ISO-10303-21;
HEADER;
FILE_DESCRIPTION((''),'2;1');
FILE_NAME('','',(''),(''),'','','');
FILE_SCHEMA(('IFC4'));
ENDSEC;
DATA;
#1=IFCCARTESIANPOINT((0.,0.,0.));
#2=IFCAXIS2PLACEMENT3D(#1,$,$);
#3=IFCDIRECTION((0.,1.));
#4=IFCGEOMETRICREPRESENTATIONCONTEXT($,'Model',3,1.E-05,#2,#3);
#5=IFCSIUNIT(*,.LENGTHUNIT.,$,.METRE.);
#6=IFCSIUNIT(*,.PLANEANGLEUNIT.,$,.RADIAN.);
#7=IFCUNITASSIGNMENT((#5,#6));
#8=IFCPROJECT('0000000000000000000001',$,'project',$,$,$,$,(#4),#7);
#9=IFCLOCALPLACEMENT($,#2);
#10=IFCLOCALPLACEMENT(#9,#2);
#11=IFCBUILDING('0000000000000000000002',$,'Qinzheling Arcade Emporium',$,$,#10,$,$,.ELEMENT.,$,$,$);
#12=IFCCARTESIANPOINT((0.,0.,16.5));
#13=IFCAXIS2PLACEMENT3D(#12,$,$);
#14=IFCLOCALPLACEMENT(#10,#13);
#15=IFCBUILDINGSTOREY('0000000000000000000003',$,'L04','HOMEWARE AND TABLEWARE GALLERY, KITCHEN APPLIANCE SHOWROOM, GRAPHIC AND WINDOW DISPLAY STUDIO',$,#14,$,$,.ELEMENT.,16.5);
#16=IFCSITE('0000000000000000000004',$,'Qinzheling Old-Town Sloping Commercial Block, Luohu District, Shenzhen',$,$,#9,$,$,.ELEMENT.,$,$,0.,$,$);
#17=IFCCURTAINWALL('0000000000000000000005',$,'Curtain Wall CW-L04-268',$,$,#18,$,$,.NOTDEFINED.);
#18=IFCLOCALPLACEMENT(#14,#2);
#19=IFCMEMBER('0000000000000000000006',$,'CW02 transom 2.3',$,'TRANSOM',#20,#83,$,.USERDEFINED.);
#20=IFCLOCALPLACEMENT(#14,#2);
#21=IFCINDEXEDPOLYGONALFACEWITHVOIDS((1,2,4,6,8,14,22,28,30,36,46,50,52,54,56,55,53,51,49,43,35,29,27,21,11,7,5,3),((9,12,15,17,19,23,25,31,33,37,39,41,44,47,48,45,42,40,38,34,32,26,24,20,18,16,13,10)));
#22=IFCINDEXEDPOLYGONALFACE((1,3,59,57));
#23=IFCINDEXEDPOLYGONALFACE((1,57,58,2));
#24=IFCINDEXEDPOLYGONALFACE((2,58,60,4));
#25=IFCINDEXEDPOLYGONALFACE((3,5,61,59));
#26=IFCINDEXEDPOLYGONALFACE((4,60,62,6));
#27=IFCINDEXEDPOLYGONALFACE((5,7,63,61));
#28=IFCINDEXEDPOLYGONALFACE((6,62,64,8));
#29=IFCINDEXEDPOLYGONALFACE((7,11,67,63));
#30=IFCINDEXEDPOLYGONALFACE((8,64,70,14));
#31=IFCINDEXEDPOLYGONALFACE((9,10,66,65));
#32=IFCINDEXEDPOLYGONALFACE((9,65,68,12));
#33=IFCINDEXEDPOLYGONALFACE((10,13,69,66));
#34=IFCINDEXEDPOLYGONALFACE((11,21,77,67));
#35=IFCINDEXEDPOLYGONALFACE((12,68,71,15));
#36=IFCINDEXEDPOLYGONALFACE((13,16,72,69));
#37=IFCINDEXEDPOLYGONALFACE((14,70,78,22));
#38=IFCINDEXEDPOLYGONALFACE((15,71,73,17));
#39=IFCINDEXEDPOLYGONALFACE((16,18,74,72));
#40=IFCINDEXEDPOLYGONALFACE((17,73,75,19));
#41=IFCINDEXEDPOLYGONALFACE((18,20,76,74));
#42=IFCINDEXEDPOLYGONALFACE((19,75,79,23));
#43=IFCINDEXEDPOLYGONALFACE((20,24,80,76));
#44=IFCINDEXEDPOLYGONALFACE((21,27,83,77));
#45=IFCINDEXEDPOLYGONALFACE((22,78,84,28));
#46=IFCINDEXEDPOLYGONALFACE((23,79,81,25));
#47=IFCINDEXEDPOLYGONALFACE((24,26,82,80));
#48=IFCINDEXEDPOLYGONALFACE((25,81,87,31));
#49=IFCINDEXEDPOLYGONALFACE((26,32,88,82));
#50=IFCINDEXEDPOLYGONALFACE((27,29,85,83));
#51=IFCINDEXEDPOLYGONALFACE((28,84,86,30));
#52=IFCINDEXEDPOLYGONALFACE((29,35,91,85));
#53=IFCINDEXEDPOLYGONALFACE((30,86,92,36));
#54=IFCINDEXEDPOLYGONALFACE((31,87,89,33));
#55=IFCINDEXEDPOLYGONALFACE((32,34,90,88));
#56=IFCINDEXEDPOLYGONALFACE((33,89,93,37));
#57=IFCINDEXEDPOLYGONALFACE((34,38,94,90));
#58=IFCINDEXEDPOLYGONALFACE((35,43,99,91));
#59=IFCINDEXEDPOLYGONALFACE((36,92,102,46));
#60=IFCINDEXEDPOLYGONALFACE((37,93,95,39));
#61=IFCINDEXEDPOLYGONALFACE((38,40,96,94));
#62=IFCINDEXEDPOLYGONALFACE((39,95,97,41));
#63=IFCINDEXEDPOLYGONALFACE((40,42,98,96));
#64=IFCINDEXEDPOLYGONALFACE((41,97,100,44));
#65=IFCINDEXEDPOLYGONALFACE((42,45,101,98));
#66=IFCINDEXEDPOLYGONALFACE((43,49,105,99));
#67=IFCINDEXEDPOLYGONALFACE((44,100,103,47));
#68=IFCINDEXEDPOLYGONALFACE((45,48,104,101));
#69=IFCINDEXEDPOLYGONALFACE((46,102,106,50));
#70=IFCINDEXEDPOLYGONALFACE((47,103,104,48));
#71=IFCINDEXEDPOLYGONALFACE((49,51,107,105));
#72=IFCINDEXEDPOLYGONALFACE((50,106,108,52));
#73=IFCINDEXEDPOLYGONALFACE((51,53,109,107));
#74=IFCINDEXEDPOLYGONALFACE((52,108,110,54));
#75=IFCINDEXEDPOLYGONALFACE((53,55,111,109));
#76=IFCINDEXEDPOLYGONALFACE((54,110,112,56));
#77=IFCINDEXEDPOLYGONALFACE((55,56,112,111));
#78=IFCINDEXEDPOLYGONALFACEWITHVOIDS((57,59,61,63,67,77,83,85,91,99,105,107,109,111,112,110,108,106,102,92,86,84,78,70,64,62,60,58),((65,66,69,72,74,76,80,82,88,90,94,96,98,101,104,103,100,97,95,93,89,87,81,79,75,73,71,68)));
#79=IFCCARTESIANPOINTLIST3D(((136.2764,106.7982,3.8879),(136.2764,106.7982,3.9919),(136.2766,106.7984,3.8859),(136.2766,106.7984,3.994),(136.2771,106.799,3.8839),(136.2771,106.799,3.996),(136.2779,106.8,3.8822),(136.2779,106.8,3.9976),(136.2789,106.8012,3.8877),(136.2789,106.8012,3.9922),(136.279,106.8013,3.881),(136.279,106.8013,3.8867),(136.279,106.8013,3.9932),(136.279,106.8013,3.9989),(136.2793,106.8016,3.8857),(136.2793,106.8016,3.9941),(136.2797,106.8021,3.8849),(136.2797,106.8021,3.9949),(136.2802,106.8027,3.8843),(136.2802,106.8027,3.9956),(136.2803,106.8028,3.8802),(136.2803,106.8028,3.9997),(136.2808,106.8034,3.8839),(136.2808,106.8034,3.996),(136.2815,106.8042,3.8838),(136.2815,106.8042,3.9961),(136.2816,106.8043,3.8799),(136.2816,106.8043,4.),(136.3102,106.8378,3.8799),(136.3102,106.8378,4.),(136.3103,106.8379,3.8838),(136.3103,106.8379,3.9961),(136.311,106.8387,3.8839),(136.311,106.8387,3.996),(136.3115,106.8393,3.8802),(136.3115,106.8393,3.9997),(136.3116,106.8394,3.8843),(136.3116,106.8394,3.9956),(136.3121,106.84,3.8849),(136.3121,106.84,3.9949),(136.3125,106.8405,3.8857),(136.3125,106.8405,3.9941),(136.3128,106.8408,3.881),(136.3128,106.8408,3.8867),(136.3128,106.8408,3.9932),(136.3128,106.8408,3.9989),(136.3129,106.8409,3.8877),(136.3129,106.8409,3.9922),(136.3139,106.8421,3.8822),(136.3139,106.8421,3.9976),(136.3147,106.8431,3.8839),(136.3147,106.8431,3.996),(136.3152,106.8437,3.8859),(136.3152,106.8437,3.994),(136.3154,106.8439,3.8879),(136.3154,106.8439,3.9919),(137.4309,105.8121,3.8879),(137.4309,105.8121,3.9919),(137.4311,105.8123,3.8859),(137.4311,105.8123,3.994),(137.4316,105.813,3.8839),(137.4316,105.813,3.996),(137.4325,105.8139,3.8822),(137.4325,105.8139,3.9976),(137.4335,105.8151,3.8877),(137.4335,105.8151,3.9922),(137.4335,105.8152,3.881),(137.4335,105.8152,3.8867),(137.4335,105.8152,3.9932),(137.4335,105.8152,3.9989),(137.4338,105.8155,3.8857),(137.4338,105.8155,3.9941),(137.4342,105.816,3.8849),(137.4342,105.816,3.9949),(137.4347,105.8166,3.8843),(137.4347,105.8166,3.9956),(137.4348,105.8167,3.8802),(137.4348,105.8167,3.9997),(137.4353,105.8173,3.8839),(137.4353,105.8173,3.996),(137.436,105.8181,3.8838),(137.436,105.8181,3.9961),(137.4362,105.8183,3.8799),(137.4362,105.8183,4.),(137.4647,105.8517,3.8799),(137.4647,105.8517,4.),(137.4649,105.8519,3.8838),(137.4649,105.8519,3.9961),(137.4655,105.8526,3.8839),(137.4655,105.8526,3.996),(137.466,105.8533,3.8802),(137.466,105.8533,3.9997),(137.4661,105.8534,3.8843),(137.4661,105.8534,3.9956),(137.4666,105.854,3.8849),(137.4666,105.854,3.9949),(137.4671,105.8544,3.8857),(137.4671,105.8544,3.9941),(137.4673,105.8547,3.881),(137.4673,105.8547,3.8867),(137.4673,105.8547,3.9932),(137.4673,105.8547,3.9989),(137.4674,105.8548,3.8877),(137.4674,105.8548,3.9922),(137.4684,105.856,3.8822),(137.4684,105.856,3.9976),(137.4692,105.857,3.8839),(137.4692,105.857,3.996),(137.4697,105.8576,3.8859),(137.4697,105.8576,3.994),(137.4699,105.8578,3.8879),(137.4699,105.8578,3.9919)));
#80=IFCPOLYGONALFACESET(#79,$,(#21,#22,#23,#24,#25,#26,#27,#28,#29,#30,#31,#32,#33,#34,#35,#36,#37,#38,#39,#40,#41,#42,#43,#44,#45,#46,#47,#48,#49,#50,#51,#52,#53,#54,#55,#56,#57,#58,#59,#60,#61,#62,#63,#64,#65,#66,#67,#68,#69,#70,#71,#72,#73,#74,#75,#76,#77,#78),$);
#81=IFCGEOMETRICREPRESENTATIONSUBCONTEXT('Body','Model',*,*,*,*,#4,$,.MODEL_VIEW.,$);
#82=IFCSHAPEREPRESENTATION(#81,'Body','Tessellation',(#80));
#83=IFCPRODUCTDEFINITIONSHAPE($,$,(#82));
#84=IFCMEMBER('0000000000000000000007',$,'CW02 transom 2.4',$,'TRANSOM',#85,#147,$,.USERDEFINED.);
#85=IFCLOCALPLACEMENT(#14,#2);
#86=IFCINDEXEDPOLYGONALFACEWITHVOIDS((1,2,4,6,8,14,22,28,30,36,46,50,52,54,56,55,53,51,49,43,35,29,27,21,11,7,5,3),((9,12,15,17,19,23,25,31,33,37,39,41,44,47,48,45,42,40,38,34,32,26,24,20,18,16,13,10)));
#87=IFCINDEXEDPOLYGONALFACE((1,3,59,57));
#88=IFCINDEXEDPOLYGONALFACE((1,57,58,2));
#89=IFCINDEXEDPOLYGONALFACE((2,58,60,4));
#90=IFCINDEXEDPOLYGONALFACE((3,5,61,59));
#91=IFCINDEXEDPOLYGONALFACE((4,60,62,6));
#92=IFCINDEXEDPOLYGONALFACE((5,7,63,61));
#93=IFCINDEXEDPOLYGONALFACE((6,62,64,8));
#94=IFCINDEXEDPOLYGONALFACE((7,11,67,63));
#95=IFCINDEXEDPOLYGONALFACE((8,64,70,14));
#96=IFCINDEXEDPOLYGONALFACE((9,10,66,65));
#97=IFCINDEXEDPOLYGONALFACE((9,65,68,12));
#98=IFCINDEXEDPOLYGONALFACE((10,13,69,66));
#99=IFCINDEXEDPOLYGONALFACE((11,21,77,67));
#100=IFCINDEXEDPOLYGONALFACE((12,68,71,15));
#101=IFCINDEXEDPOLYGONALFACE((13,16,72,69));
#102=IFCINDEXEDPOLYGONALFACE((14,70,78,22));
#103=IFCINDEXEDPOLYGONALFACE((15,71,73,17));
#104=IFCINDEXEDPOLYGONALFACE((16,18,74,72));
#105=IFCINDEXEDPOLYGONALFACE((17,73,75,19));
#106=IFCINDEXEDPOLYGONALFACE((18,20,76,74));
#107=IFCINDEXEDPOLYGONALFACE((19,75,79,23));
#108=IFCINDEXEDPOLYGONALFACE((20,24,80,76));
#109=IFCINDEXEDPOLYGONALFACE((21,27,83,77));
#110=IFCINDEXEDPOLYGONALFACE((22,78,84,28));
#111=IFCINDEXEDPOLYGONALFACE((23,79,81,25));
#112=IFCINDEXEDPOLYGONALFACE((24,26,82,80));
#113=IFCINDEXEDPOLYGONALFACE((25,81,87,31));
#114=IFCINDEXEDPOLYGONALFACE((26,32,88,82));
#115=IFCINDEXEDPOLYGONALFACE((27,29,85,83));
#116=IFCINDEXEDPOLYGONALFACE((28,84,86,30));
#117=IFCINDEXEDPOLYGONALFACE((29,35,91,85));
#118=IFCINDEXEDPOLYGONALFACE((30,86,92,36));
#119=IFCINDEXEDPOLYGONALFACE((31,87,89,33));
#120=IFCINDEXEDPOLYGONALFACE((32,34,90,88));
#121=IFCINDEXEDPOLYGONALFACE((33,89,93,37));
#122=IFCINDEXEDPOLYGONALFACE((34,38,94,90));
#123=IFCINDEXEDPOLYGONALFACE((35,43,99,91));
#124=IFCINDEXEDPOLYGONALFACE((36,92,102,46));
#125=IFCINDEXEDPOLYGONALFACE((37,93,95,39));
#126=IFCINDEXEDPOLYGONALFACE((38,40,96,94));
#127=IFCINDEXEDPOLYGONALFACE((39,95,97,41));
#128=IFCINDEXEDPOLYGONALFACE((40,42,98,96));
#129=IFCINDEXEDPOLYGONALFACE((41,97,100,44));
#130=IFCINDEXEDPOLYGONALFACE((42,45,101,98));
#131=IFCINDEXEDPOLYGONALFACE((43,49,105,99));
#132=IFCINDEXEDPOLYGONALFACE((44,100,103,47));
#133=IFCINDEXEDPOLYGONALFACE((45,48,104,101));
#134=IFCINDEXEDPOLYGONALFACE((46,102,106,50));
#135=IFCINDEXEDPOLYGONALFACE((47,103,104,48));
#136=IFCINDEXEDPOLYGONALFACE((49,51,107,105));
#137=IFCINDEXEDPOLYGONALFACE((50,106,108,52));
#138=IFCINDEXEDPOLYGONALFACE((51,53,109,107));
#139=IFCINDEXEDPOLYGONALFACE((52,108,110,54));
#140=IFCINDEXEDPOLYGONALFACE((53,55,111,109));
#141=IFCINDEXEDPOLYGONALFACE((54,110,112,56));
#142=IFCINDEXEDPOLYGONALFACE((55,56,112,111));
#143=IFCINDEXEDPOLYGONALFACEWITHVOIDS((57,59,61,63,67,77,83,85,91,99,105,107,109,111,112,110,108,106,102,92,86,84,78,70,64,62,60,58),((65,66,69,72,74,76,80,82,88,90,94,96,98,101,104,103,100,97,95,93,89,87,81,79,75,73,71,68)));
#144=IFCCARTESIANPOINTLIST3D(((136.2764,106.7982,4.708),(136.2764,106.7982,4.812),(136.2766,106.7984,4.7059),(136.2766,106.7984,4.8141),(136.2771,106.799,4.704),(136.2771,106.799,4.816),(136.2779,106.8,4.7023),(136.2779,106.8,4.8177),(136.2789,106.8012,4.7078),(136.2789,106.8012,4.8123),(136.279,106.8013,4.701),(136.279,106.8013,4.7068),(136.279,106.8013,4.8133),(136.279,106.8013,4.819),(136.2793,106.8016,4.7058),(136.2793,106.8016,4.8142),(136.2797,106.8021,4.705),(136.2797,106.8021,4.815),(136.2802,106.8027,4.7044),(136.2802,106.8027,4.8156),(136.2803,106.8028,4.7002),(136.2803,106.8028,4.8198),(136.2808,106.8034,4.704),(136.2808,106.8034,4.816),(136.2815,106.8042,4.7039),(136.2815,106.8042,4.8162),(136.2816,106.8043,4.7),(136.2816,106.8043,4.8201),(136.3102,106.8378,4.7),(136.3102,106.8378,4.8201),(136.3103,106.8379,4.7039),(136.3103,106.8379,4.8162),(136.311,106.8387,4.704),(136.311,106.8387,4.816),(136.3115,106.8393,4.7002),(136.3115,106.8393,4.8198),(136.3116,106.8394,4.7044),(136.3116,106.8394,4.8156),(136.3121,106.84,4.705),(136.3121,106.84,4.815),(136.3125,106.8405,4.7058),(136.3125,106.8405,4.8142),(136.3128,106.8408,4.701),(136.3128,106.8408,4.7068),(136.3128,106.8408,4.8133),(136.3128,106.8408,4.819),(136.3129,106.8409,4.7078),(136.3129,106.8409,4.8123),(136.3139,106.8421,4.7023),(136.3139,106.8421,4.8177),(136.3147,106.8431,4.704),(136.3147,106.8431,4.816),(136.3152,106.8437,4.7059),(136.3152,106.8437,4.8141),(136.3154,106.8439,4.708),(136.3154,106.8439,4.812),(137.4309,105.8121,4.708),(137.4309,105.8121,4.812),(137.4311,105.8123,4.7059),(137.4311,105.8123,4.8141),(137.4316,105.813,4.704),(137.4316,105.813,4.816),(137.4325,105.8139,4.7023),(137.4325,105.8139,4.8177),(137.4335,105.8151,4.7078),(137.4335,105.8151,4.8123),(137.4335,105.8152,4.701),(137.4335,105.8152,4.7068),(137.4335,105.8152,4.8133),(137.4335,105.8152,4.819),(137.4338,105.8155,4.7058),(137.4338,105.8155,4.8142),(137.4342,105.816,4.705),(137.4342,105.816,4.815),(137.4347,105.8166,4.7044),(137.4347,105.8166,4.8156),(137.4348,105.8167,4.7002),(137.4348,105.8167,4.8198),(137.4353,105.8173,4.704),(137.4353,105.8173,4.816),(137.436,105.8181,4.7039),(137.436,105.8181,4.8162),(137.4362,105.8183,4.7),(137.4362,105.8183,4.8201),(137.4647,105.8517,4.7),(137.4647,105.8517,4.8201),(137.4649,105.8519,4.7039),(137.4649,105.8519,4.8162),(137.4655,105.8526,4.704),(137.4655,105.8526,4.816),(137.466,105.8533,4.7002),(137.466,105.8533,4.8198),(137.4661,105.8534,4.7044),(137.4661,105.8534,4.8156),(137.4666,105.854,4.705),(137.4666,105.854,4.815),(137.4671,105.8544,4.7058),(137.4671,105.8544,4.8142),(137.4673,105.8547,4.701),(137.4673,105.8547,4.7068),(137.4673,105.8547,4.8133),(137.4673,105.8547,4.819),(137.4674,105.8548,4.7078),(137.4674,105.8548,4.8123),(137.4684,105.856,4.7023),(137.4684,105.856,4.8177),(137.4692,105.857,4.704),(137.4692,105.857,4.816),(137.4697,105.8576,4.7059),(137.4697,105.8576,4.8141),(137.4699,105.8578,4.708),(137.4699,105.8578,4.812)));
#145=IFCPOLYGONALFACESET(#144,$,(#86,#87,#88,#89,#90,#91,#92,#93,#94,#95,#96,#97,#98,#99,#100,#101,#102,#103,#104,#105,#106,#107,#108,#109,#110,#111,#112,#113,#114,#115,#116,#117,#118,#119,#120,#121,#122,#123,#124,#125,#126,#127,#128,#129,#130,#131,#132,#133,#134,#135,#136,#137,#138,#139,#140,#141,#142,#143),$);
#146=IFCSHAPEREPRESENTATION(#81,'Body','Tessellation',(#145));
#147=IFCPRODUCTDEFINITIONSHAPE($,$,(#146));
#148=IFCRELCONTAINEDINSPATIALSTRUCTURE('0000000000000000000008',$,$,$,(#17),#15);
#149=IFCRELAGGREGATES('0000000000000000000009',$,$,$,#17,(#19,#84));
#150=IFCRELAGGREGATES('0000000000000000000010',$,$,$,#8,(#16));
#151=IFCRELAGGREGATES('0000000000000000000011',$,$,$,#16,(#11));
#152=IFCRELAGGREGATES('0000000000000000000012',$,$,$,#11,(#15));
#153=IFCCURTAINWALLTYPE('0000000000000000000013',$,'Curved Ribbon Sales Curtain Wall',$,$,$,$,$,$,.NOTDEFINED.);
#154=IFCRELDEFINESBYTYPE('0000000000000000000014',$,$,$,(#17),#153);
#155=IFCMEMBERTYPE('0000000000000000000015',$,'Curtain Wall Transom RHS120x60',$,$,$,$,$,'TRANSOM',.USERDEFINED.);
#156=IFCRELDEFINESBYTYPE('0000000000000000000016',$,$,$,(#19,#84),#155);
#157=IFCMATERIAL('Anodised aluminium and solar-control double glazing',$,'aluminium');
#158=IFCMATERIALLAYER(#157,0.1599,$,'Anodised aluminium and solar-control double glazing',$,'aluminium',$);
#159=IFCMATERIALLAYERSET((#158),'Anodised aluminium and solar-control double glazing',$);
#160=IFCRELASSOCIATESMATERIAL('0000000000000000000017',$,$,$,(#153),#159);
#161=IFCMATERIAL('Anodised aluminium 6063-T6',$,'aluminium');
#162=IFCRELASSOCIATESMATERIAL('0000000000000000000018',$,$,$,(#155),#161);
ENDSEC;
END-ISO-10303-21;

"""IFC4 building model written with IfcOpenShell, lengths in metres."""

from ifc_helpers import new_model, si_unit, direction, frame, origin, origin_2d, place, context, subcontext, project, spatial, hollow_rectangle, extrude, material, layer, layer_set, material_profile, profile_set, type_object, element, aggregate, save


model = new_model("IFC4")

# Units and contexts
model_context = context("Model", 3, precision=1e-05, world=origin(), true_north=direction((0.0, 1.0)))
body_context = subcontext(model_context, "Body", "Model", "MODEL_VIEW")
ifc_project = project(units=[si_unit("LENGTHUNIT", "METRE"), si_unit("PLANEANGLEUNIT", "RADIAN")], contexts=[model_context])

# Site, building, storey
site_placement = place(None, origin())
site = spatial("IfcSite", under=ifc_project, at=site_placement, Name="Qinzheling Old-Town Sloping Commercial Block, Luohu District, Shenzhen", CompositionType="ELEMENT", RefElevation=0.0)
building_placement = place(site_placement, origin())
building = spatial("IfcBuilding", under=site, at=building_placement, Name="Qinzheling Arcade Emporium", CompositionType="ELEMENT")
storey_placement = place(building_placement, frame((0.0, 0.0, 16.5)))
storey = spatial("IfcBuildingStorey", under=building, at=storey_placement, Name="L04", Description="HOMEWARE AND TABLEWARE GALLERY, KITCHEN APPLIANCE SHOWROOM, GRAPHIC AND WINDOW DISPLAY STUDIO", CompositionType="ELEMENT", Elevation=16.5)

# Curtain wall
ifc_material_1 = material(Name="Anodised aluminium and solar-control double glazing", Category="aluminium")
ifc_layer_1 = layer(ifc_material_1, 0.1599, Name="Anodised aluminium and solar-control double glazing", Category="aluminium")
ifc_layer_set_1 = layer_set([ifc_layer_1], Name="Anodised aluminium and solar-control double glazing")
curtain_wall_type = type_object("IfcCurtainWallType", Name="Curved Ribbon Sales Curtain Wall", PredefinedType="NOTDEFINED", material=ifc_layer_set_1)
curtain_wall_1_placement = place(storey_placement, origin())
curtain_wall_1 = element("IfcCurtainWall", 1, at=curtain_wall_1_placement, inside=storey, type_object=curtain_wall_type, Name="Curtain Wall CW-L04-268", PredefinedType="NOTDEFINED")
ifc_material_2 = material(Name="Anodised aluminium 6063-T6", Category="aluminium")

# Members
ifc_material_profile_1 = material_profile(ifc_material_2, hollow_rectangle(XDim=0.0601, YDim=0.1201, WallThickness=0.0039, InnerFilletRadius=0.0039, OuterFilletRadius=0.0081, at=origin_2d()), Name="RHS 120x60x4", Category="aluminium")
ifc_profile_set_1 = profile_set([ifc_material_profile_1], Name="Anodised aluminium 6063-T6")
member_type_1 = type_object("IfcMemberType", Name="Curtain Wall Transom RHS120x60", ElementType="TRANSOM", PredefinedType="USERDEFINED", material=ifc_profile_set_1)
member_1_placement = place(storey_placement, frame((136.2959, 106.821, 3.9399), z_axis=(0.760402, -0.649453, 0.0), x_axis=(0.649453, 0.760402, 0.0)))
member_1 = element("IfcMember", 2, at=member_1_placement, type_object=member_type_1, Name="CW02 transom 2.3", ObjectType="TRANSOM", PredefinedType="USERDEFINED", context=body_context, shape_type="SweptSolid", body=[
    extrude(hollow_rectangle(XDim=0.0601, YDim=0.1201, WallThickness=0.0039, InnerFilletRadius=0.0039, OuterFilletRadius=0.0081, at=origin_2d()), origin(), (0.0, 0.0, 1.0), 1.5183),
])
member_2_placement = place(storey_placement, frame((136.2959, 106.821, 4.76), z_axis=(0.760402, -0.649453, 0.0), x_axis=(0.649453, 0.760402, 0.0)))
member_2 = element("IfcMember", 3, at=member_2_placement, type_object=member_type_1, Name="CW02 transom 2.4", ObjectType="TRANSOM", PredefinedType="USERDEFINED", context=body_context, shape_type="SweptSolid", body=[
    extrude(hollow_rectangle(XDim=0.0601, YDim=0.1201, WallThickness=0.0039, InnerFilletRadius=0.0039, OuterFilletRadius=0.0081, at=origin_2d()), origin(), (0.0, 0.0, 1.0), 1.5183),
])

aggregate(curtain_wall_1, [member_1, member_2])

save(model, "model.ifc")
